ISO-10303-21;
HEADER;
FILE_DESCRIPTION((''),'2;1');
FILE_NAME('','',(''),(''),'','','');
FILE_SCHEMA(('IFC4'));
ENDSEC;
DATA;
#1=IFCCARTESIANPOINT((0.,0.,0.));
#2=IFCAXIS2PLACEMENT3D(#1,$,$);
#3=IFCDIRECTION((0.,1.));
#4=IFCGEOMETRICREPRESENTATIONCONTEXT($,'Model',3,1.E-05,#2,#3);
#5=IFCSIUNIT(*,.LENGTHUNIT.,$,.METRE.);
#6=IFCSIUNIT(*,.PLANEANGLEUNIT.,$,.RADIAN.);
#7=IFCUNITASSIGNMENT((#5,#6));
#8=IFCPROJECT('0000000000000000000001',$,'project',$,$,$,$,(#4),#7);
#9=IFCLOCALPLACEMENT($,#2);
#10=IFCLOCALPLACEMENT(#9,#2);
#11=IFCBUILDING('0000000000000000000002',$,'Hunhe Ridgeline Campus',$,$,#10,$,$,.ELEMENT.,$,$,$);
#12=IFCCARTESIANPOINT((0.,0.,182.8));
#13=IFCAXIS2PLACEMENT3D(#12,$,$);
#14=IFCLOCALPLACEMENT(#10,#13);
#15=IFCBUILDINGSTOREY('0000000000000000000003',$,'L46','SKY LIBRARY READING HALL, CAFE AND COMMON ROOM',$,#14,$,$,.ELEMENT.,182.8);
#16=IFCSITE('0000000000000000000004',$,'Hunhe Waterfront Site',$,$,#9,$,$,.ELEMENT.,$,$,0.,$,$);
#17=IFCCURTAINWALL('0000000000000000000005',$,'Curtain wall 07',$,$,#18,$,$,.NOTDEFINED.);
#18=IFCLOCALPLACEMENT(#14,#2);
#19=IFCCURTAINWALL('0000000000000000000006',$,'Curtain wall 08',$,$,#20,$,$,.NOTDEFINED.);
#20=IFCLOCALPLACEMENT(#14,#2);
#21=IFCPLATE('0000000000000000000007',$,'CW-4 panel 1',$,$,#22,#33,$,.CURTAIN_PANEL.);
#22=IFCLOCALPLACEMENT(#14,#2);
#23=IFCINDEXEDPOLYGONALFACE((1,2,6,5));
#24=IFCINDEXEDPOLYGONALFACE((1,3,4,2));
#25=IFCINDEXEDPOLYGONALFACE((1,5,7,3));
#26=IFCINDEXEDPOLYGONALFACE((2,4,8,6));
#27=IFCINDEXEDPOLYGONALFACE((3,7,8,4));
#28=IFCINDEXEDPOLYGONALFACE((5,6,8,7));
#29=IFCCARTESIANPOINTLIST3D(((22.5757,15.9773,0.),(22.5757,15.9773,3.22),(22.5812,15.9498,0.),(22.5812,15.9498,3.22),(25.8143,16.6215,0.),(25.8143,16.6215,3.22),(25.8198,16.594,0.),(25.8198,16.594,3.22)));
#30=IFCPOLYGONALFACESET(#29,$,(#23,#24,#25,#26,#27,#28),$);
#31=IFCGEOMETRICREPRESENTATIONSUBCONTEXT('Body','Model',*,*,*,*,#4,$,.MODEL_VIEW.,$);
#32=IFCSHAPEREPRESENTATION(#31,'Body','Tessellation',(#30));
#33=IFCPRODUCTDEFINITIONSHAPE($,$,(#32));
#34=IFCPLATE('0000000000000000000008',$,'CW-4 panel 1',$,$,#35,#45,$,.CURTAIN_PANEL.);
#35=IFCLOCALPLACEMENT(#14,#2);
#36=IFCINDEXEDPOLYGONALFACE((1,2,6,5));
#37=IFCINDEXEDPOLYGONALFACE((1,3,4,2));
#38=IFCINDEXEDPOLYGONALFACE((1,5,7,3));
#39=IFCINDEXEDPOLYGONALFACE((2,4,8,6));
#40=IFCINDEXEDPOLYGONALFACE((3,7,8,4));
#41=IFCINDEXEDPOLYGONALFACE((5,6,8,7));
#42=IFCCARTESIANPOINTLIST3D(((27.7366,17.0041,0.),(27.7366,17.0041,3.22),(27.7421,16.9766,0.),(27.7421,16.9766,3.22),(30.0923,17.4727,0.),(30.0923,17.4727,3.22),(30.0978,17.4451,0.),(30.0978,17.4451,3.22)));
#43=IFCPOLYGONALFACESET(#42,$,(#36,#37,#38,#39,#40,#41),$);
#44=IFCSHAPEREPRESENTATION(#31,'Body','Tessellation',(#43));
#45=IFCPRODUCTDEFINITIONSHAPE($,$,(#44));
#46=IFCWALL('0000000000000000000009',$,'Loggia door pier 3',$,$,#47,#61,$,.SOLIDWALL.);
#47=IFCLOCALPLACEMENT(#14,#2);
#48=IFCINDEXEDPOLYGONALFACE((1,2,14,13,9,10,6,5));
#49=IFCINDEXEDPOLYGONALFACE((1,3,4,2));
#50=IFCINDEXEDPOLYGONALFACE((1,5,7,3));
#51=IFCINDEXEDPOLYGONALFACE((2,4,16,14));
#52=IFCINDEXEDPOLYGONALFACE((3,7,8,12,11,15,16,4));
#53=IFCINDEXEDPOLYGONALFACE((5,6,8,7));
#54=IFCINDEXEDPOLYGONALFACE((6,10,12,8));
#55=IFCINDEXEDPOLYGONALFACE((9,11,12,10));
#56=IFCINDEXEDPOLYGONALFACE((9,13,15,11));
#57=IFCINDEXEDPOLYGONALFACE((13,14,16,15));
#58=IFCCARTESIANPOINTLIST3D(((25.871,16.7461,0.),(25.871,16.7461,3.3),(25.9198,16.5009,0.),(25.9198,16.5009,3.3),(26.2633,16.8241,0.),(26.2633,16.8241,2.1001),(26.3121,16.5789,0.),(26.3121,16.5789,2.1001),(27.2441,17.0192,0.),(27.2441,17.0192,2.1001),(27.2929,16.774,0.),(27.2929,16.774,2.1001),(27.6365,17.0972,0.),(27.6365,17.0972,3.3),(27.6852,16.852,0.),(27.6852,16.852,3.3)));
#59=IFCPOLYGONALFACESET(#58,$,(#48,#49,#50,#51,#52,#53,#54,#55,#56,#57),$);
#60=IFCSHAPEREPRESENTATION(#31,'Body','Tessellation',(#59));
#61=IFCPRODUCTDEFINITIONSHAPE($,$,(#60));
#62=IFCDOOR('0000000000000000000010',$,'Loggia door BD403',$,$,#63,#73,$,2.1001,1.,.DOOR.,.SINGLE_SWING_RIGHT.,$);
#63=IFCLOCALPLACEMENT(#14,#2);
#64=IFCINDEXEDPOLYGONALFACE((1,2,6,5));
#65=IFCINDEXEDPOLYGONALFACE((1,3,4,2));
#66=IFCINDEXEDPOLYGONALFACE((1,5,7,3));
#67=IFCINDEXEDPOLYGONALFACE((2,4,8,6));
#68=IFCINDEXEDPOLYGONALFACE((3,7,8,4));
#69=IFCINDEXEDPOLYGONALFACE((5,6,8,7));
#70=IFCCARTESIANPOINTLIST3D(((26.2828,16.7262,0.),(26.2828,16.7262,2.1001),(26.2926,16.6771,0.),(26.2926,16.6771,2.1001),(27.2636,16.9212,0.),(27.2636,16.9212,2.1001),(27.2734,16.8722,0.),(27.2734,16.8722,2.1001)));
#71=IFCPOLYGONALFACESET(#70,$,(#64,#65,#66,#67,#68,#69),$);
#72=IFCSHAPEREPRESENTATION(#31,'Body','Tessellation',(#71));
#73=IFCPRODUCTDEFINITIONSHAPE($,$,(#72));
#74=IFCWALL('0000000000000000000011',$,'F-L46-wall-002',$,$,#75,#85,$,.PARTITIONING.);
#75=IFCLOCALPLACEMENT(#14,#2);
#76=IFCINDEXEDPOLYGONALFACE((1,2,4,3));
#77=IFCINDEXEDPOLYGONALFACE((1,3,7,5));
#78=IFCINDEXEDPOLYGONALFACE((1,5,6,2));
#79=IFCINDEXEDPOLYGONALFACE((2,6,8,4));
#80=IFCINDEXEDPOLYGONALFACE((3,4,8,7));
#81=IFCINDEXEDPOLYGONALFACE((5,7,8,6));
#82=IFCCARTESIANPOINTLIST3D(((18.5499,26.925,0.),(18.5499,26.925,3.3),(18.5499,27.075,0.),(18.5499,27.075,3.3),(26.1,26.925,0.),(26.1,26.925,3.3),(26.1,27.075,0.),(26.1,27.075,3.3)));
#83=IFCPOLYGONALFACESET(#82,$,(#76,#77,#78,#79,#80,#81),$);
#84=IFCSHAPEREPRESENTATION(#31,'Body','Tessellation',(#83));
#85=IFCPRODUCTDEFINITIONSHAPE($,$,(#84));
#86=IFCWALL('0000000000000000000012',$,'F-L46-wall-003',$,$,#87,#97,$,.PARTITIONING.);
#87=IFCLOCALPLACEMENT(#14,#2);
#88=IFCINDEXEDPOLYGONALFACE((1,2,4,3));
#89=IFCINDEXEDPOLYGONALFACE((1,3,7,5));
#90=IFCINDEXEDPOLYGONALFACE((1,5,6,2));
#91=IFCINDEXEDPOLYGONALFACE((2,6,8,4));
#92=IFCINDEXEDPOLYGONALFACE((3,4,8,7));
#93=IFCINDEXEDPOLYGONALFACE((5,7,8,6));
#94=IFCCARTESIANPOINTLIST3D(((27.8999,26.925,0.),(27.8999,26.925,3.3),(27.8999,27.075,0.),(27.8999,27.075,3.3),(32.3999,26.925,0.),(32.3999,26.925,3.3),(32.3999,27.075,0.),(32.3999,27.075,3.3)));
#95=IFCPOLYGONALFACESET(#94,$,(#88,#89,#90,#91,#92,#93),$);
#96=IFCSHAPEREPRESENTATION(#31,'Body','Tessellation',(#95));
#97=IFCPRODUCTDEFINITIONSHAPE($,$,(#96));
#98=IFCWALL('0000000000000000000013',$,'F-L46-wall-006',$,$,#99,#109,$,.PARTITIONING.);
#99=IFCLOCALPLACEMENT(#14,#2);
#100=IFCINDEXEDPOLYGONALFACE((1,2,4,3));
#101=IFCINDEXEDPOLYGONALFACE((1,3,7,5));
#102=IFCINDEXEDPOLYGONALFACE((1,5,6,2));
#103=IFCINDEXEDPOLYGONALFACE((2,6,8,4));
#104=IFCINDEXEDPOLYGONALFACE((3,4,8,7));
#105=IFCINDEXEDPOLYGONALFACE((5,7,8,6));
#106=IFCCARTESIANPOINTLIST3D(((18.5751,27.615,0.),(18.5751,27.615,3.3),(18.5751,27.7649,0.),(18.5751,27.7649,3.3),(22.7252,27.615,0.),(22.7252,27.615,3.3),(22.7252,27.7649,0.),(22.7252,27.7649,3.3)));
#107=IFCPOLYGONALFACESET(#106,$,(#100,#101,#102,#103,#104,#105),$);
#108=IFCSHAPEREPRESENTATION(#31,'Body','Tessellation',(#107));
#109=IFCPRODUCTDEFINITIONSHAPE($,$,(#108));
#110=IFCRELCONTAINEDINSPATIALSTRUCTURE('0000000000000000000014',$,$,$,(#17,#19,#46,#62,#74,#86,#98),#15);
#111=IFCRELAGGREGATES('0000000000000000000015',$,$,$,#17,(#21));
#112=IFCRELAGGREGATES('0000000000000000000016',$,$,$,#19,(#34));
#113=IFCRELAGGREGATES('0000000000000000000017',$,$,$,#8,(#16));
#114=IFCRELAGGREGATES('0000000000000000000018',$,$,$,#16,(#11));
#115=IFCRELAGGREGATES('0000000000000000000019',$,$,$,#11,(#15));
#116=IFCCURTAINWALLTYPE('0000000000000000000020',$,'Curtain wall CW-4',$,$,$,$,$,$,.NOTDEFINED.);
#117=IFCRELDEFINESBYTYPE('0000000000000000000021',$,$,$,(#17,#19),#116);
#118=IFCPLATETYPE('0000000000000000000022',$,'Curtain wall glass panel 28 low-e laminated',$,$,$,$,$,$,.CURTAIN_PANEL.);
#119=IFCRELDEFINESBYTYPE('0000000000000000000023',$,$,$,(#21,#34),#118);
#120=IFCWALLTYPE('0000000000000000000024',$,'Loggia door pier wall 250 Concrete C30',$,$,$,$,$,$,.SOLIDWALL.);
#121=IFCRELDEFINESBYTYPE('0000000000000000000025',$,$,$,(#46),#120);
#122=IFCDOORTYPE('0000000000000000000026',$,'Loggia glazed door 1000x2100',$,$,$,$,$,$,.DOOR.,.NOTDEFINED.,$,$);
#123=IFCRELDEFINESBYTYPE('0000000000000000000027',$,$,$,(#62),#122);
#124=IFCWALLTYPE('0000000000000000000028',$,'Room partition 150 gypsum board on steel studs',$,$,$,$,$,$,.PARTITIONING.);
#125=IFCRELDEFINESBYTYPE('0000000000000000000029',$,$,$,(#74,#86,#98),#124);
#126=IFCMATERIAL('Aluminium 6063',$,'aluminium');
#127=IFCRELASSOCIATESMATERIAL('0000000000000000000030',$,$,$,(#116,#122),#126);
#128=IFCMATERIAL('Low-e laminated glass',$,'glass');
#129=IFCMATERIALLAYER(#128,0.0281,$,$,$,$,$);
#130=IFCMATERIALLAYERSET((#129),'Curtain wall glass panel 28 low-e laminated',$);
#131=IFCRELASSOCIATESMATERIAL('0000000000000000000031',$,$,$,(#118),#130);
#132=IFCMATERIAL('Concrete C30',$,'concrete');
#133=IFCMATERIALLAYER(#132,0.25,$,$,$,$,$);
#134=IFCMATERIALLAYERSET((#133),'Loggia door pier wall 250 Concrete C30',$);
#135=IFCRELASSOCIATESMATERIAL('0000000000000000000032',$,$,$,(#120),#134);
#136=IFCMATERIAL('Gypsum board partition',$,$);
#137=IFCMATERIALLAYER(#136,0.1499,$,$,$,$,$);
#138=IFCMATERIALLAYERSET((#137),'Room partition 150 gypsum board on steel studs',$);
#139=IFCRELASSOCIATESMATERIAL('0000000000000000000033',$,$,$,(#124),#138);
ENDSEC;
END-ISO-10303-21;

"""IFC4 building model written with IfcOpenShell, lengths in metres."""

from ifc_helpers import new_model, si_unit, direction, frame, frame_2d, origin, origin_2d, place, context, subcontext, project, spatial, rectangle, extrude, material, layer, layer_set, type_object, element, fill, aggregate, save


model = new_model("IFC4")

# Units and contexts
model_context = context("Model", 3, precision=1e-05, world=origin(), true_north=direction((0.0, 1.0)))
body_context = subcontext(model_context, "Body", "Model", "MODEL_VIEW")
ifc_project = project(units=[si_unit("LENGTHUNIT", "METRE"), si_unit("PLANEANGLEUNIT", "RADIAN")], contexts=[model_context])

# Site, building, storey
site_placement = place(None, origin())
site = spatial("IfcSite", under=ifc_project, at=site_placement, Name="Hunhe Waterfront Site", CompositionType="ELEMENT", RefElevation=0.0)
building_placement = place(site_placement, origin())
building = spatial("IfcBuilding", under=site, at=building_placement, Name="Hunhe Ridgeline Campus", CompositionType="ELEMENT")
storey_placement = place(building_placement, frame((0.0, 0.0, 182.8)))
storey = spatial("IfcBuildingStorey", under=building, at=storey_placement, Name="L46", Description="SKY LIBRARY READING HALL, CAFE AND COMMON ROOM", CompositionType="ELEMENT", Elevation=182.8)

# Curtain walls
ifc_material_1 = material(Name="Aluminium 6063", Category="aluminium")
curtain_wall_type = type_object("IfcCurtainWallType", Name="Curtain wall CW-4", PredefinedType="NOTDEFINED", material=ifc_material_1)
curtain_wall_1_placement = place(storey_placement, origin())
curtain_wall_1 = element("IfcCurtainWall", 1, at=curtain_wall_1_placement, inside=storey, type_object=curtain_wall_type, Name="Curtain wall 07", PredefinedType="NOTDEFINED")
curtain_wall_2_placement = place(storey_placement, origin())
curtain_wall_2 = element("IfcCurtainWall", 2, at=curtain_wall_2_placement, inside=storey, type_object=curtain_wall_type, Name="Curtain wall 08", PredefinedType="NOTDEFINED")

# Plates
ifc_material_2 = material(Name="Low-e laminated glass", Category="glass")
ifc_layer_1 = layer(ifc_material_2, 0.0281)
ifc_layer_set_1 = layer_set([ifc_layer_1], Name="Curtain wall glass panel 28 low-e laminated")
plate_type = type_object("IfcPlateType", Name="Curtain wall glass panel 28 low-e laminated", PredefinedType="CURTAIN_PANEL", material=ifc_layer_set_1)
plate_1_placement = place(storey_placement, frame((24.1978, 16.2856, 0.0), z_axis=(0.0, 0.0, 1.0), x_axis=(0.980785, 0.19509, 0.0)))
plate_1 = element("IfcPlate", 3, at=plate_1_placement, type_object=plate_type, Name="CW-4 panel 1", PredefinedType="CURTAIN_PANEL", context=body_context, shape_type="SweptSolid", body=[
    extrude(rectangle(XDim=3.302, YDim=0.0281, at=origin_2d()), origin(), (0.0, 0.0, 1.0), 3.22),
])
aggregate(curtain_wall_1, [plate_1])
plate_2_placement = place(storey_placement, frame((28.9172, 17.2246, 0.0), z_axis=(0.0, 0.0, 1.0), x_axis=(0.980785, 0.195091, 0.0)))
plate_2 = element("IfcPlate", 4, at=plate_2_placement, type_object=plate_type, Name="CW-4 panel 1", PredefinedType="CURTAIN_PANEL", context=body_context, shape_type="SweptSolid", body=[
    extrude(rectangle(XDim=2.4019, YDim=0.0281, at=origin_2d()), origin(), (0.0, 0.0, 1.0), 3.22),
])
aggregate(curtain_wall_2, [plate_2])

# Wall, opening, door
ifc_material_3 = material(Name="Concrete C30", Category="concrete")
ifc_layer_2 = layer(ifc_material_3, 0.25)
ifc_layer_set_2 = layer_set([ifc_layer_2], Name="Loggia door pier wall 250 Concrete C30")
wall_type_1 = type_object("IfcWallType", Name="Loggia door pier wall 250 Concrete C30", PredefinedType="SOLIDWALL", material=ifc_layer_set_2)
wall_1_placement = place(storey_placement, frame((25.8955, 16.6235, 0.0), z_axis=(0.0, 0.0, 1.0), x_axis=(0.980794, 0.195047, 0.0)))
wall_1 = element("IfcWall", 5, at=wall_1_placement, inside=storey, type_object=wall_type_1, Name="Loggia door pier 3", PredefinedType="SOLIDWALL", context=body_context, shape_type="SweptSolid", body=[
    extrude(rectangle(XDim=1.8, YDim=0.25, at=frame_2d((0.8999, 0.0))), origin(), (0.0, 0.0, 1.0), 3.3),
])
opening_placement = place(wall_1_placement, frame((0.3999, 0.0, 0.0)))
opening = element("IfcOpeningElement", 6, at=opening_placement, cuts=wall_1, PredefinedType="OPENING", context=body_context, shape_type="SweptSolid", body=[
    extrude(rectangle(XDim=1.0, YDim=2.1001, at=frame_2d((0.5, 1.05))), frame((0.0, 0.125, 0.0), z_axis=(0.0, -1.0, 0.0), x_axis=(1.0, 0.0, 0.0)), (0.0, 0.0, 1.0), 0.25),
])
door_type = type_object("IfcDoorType", Name="Loggia glazed door 1000x2100", OperationType="NOTDEFINED", PredefinedType="DOOR", material=ifc_material_1)
door_placement = place(opening_placement, frame((1.0, 0.0, 0.0), z_axis=(0.0, 0.0, 1.0), x_axis=(-1.0, 0.0, 0.0)))
door = element("IfcDoor", 7, at=door_placement, inside=storey, type_object=door_type, Name="Loggia door BD403", OperationType="SINGLE_SWING_RIGHT", OverallHeight=2.1001, OverallWidth=1.0, PredefinedType="DOOR", context=body_context, shape_type="SweptSolid", body=[
    extrude(rectangle(XDim=1.0, YDim=2.1001, at=frame_2d((0.5, 1.05))), frame((0.0, 0.0249, 0.0), z_axis=(0.0, -1.0, 0.0), x_axis=(1.0, 0.0, 0.0)), (0.0, 0.0, 1.0), 0.05),
])
fill(opening, door)

# Walls
ifc_material_4 = material(Name="Gypsum board partition")
ifc_layer_3 = layer(ifc_material_4, 0.1499)
ifc_layer_set_3 = layer_set([ifc_layer_3], Name="Room partition 150 gypsum board on steel studs")
wall_type_2 = type_object("IfcWallType", Name="Room partition 150 gypsum board on steel studs", PredefinedType="PARTITIONING", material=ifc_layer_set_3)
wall_2_placement = place(storey_placement, frame((18.55, 27.0, 0.0), z_axis=(0.0, 0.0, 1.0), x_axis=(1.0, 0.0, 0.0)))
element("IfcWall", 8, at=wall_2_placement, inside=storey, type_object=wall_type_2, Name="F-L46-wall-002", PredefinedType="PARTITIONING", context=body_context, shape_type="SweptSolid", body=[
    extrude(rectangle(XDim=7.55, YDim=0.1499, at=frame_2d((3.7749, 0.0))), origin(), (0.0, 0.0, 1.0), 3.3),
])
wall_3_placement = place(storey_placement, frame((27.8999, 27.0, 0.0), z_axis=(0.0, 0.0, 1.0), x_axis=(1.0, 0.0, 0.0)))
element("IfcWall", 9, at=wall_3_placement, inside=storey, type_object=wall_type_2, Name="F-L46-wall-003", PredefinedType="PARTITIONING", context=body_context, shape_type="SweptSolid", body=[
    extrude(rectangle(XDim=4.5, YDim=0.1499, at=frame_2d((2.25, 0.0))), origin(), (0.0, 0.0, 1.0), 3.3),
])
wall_4_placement = place(storey_placement, frame((18.575, 27.6899, 0.0), z_axis=(0.0, 0.0, 1.0), x_axis=(1.0, 0.0, 0.0)))
element("IfcWall", 10, at=wall_4_placement, inside=storey, type_object=wall_type_2, Name="F-L46-wall-006", PredefinedType="PARTITIONING", context=body_context, shape_type="SweptSolid", body=[
    extrude(rectangle(XDim=4.1501, YDim=0.1499, at=frame_2d((2.0752, 0.0))), origin(), (0.0, 0.0, 1.0), 3.3),
])

save(model, "model.ifc")
